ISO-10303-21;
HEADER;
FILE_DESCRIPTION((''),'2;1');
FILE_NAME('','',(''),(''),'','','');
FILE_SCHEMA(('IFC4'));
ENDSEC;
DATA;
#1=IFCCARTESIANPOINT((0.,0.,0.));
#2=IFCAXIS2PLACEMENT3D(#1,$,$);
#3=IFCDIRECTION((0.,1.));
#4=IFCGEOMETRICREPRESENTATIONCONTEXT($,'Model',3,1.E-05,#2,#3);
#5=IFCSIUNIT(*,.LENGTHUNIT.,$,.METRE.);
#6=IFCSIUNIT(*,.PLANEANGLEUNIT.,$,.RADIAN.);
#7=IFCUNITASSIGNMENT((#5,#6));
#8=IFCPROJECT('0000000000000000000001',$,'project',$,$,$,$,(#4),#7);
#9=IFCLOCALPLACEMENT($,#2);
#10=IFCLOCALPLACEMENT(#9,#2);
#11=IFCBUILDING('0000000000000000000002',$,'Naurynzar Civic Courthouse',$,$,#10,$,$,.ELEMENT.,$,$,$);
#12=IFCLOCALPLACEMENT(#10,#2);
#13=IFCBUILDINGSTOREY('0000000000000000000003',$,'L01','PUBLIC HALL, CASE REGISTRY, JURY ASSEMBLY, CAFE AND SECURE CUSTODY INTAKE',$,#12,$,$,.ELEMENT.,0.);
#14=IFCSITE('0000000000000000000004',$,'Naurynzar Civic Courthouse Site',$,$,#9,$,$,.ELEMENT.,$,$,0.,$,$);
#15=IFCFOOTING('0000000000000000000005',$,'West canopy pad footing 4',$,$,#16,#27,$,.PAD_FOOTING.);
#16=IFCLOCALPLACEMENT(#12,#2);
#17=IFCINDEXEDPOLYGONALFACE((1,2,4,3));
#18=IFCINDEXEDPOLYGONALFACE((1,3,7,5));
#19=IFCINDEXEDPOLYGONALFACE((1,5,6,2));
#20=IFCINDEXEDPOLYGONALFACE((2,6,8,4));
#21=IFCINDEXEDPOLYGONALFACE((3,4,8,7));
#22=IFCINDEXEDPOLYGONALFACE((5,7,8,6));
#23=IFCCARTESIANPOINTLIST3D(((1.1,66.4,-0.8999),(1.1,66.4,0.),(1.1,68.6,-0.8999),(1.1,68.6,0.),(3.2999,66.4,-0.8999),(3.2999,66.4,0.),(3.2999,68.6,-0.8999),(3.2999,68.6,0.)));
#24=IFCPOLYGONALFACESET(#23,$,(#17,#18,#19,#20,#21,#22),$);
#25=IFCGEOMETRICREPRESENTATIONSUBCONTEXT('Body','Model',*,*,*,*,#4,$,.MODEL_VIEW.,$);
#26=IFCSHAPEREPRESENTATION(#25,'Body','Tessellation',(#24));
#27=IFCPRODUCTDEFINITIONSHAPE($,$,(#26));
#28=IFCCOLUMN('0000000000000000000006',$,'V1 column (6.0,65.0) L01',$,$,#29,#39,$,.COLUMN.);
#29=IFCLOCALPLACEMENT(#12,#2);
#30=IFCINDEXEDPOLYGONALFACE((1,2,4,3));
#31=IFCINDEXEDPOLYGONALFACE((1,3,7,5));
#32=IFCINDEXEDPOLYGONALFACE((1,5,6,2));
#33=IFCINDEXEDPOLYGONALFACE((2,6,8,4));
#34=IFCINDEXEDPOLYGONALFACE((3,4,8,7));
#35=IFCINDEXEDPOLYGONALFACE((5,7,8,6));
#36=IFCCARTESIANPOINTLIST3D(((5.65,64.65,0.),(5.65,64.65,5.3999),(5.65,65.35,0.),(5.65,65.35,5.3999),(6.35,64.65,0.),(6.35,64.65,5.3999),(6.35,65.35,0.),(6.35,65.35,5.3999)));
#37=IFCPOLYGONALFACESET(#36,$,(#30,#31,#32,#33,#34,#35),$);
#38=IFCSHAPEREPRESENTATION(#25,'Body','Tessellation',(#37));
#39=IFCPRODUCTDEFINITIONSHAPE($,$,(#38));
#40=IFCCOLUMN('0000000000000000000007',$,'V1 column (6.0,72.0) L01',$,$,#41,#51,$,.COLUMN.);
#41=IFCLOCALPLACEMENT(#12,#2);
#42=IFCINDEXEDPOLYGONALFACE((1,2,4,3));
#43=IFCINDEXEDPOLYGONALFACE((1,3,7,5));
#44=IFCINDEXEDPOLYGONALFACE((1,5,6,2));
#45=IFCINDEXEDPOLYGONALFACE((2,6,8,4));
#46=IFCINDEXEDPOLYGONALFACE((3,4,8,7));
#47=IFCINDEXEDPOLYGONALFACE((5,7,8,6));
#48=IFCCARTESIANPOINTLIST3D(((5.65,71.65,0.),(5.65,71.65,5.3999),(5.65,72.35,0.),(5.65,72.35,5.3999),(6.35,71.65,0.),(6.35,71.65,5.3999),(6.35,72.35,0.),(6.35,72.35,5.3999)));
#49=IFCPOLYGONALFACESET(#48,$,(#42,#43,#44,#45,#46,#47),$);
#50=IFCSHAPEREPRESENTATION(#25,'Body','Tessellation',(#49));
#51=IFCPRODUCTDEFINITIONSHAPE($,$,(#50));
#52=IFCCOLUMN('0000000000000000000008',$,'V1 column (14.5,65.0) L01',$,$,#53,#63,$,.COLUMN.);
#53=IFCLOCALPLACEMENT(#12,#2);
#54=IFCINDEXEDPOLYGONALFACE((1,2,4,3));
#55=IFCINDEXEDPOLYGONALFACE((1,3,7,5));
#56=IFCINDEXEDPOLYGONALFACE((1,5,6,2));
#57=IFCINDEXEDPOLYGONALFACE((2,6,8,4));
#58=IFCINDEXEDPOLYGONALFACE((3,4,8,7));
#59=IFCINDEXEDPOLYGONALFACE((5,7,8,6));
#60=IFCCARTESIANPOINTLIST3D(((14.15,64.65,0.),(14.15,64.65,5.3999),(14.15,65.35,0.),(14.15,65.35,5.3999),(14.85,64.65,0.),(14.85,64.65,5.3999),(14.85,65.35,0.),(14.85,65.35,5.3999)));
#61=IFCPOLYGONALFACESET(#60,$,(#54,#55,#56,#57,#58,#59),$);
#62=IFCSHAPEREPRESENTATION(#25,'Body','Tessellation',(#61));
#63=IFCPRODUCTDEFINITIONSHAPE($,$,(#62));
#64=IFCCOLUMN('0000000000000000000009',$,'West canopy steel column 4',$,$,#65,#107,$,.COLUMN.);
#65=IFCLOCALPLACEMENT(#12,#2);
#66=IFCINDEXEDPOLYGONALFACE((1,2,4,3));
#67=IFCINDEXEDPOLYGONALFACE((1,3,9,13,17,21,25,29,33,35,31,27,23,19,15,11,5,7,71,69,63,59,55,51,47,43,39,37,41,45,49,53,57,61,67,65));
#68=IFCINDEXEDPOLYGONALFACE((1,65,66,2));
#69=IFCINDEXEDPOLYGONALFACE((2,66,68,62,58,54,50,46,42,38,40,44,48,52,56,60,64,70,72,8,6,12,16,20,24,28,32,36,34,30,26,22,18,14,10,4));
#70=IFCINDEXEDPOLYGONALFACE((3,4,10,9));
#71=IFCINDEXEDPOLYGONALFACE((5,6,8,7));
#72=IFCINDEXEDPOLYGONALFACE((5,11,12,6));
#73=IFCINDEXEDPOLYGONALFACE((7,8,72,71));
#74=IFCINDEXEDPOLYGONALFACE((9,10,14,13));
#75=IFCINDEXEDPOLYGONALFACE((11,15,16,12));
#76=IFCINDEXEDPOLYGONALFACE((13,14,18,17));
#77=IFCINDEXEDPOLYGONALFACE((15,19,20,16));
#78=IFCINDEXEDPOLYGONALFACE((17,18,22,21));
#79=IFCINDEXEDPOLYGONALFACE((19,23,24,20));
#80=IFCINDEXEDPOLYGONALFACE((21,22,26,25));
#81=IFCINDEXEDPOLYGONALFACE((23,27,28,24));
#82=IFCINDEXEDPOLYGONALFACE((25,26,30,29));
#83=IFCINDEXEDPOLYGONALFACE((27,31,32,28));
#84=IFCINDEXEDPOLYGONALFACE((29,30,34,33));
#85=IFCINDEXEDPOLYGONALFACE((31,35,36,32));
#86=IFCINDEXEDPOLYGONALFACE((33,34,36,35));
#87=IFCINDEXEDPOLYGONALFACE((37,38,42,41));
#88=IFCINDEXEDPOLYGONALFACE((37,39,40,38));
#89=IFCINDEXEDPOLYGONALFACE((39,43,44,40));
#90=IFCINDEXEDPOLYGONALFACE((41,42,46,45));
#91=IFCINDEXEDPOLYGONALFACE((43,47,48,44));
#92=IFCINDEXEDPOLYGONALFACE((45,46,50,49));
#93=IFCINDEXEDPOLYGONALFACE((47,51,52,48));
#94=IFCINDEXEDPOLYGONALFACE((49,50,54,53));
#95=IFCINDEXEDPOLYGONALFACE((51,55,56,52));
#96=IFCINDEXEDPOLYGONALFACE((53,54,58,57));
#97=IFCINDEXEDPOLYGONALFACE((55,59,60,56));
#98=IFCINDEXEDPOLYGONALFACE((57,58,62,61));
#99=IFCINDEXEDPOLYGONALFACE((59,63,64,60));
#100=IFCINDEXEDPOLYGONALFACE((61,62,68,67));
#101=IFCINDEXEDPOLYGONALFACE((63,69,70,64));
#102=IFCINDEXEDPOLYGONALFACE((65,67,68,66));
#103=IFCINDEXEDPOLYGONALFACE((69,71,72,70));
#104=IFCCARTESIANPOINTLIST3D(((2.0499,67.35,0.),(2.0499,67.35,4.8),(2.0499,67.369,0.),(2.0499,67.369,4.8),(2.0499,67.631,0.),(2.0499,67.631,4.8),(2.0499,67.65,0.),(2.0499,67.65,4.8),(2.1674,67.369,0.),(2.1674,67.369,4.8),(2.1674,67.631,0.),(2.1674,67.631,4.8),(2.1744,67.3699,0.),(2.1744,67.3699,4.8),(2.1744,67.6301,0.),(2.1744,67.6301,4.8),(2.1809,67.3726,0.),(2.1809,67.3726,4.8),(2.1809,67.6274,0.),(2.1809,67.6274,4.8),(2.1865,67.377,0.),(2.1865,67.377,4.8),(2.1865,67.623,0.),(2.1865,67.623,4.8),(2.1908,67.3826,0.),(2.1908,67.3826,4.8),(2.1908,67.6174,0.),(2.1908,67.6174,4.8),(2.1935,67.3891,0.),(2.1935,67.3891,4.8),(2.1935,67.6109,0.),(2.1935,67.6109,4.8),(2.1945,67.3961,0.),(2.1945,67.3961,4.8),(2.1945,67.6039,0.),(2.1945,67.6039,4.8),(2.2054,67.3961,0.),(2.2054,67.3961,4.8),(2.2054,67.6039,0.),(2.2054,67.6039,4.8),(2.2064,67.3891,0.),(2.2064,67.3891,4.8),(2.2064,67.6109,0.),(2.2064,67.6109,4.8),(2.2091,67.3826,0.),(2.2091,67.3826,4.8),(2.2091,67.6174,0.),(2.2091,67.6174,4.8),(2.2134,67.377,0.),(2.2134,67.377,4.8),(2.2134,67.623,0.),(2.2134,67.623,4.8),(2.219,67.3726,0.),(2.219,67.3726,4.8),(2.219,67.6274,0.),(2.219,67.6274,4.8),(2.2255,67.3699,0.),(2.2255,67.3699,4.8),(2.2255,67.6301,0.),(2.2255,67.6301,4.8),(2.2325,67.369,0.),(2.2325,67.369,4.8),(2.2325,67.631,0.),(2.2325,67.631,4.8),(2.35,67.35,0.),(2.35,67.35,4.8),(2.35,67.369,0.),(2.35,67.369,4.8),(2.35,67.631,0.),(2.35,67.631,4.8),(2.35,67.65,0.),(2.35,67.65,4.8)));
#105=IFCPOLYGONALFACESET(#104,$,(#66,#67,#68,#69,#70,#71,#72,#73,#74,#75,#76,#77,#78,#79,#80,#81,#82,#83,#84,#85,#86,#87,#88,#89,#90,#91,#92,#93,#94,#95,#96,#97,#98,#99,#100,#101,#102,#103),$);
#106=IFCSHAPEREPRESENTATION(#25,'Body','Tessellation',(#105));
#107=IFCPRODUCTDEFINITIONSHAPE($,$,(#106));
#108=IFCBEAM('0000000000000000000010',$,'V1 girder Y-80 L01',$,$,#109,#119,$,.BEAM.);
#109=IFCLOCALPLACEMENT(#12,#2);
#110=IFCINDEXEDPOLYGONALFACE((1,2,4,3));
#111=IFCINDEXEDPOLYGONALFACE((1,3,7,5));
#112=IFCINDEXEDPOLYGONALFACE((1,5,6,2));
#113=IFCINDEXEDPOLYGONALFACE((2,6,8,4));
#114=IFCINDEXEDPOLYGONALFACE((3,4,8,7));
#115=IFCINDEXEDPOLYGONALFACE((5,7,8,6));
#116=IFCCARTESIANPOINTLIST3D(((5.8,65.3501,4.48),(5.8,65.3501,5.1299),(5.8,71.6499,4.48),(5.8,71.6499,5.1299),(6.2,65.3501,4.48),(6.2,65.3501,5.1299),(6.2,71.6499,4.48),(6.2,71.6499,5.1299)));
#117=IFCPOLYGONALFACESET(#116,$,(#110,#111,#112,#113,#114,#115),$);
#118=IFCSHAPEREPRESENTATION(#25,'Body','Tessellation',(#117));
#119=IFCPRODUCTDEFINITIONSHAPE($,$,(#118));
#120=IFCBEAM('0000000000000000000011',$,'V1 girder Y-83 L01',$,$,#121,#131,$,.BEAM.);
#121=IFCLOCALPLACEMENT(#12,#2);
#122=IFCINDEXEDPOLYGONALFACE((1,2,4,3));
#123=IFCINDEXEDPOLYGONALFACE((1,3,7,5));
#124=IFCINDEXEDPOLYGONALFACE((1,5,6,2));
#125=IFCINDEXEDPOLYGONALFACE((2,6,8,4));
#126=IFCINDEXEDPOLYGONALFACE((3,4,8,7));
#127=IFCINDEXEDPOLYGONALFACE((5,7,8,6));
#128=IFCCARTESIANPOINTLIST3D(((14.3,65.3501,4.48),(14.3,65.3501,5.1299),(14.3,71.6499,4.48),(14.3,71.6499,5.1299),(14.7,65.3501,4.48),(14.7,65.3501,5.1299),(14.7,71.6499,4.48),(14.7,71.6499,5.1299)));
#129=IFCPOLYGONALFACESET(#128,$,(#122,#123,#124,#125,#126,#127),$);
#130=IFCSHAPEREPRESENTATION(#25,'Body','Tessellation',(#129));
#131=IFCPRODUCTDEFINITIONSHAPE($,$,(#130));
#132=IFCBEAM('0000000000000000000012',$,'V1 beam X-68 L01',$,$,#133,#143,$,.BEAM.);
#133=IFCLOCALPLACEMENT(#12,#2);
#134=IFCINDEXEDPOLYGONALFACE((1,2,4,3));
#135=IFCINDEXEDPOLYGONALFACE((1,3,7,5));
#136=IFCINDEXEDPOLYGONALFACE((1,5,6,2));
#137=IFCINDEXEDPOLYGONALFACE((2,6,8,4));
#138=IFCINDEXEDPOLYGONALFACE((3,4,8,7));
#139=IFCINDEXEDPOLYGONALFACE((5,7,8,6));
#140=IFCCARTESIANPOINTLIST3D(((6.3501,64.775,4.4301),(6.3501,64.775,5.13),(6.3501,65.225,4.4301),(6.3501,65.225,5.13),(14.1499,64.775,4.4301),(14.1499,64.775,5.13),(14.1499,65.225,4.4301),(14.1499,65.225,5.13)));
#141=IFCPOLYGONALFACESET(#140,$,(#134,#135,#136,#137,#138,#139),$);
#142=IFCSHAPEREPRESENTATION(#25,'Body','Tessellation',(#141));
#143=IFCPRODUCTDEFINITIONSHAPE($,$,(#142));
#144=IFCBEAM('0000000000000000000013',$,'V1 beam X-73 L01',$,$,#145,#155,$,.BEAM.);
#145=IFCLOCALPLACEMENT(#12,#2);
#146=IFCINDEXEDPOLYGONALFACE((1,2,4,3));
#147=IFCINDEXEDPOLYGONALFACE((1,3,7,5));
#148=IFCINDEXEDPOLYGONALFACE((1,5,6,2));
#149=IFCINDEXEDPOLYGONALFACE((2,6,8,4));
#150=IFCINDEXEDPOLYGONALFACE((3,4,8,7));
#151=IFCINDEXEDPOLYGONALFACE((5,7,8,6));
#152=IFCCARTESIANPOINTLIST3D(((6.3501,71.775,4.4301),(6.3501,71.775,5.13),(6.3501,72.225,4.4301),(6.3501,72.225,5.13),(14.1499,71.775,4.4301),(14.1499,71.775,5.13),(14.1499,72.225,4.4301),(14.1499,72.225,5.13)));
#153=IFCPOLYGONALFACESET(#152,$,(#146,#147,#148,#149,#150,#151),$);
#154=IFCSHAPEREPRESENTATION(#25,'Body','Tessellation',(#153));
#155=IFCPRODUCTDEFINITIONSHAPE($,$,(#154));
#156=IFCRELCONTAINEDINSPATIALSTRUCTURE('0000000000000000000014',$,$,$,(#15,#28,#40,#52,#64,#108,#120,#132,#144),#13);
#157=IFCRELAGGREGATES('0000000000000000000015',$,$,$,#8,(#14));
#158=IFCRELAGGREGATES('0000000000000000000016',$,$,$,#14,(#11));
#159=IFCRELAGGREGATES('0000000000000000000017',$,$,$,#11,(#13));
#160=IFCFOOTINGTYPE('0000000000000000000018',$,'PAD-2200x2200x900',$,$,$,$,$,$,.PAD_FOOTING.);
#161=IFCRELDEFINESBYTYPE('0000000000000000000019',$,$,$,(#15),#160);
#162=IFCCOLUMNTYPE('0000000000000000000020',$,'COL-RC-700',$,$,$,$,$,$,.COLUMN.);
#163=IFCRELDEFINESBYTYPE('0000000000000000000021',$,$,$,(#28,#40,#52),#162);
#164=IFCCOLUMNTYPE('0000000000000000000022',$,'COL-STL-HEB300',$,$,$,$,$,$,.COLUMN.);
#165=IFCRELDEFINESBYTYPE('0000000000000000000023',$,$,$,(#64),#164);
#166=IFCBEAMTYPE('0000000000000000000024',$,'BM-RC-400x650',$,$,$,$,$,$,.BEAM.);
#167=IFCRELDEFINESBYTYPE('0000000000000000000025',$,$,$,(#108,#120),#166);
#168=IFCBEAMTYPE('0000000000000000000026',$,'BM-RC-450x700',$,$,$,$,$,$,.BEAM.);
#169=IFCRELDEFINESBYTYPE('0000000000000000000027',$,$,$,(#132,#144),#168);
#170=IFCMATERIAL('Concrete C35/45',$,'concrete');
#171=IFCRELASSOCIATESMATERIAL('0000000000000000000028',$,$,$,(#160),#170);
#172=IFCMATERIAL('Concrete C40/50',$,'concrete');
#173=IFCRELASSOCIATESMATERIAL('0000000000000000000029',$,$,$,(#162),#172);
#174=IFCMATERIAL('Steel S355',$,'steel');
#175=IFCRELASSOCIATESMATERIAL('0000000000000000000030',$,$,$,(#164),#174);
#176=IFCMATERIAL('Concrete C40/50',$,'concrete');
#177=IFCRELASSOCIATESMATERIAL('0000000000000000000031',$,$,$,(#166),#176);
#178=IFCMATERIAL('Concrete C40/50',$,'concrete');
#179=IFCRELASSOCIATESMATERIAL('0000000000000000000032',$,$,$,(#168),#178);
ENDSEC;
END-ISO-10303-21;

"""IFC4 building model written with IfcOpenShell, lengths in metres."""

from ifc_helpers import new_model, si_unit, direction, frame, origin, origin_2d, place, context, subcontext, project, spatial, rectangle, i_section, extrude, material, material_profile, profile_set, type_object, element, save


model = new_model("IFC4")

# Units and contexts
model_context = context("Model", 3, precision=1e-05, world=origin(), true_north=direction((0.0, 1.0)))
body_context = subcontext(model_context, "Body", "Model", "MODEL_VIEW")
ifc_project = project(units=[si_unit("LENGTHUNIT", "METRE"), si_unit("PLANEANGLEUNIT", "RADIAN")], contexts=[model_context])

# Site, building, storey
site_placement = place(None, origin())
site = spatial("IfcSite", under=ifc_project, at=site_placement, Name="Naurynzar Civic Courthouse Site", CompositionType="ELEMENT", RefElevation=0.0)
building_placement = place(site_placement, origin())
building = spatial("IfcBuilding", under=site, at=building_placement, Name="Naurynzar Civic Courthouse", CompositionType="ELEMENT")
storey_placement = place(building_placement, origin())
storey = spatial("IfcBuildingStorey", under=building, at=storey_placement, Name="L01", Description="PUBLIC HALL, CASE REGISTRY, JURY ASSEMBLY, CAFE AND SECURE CUSTODY INTAKE", CompositionType="ELEMENT", Elevation=0.0)

# Footing
ifc_material_1 = material(Name="Concrete C35/45", Category="concrete")
footing_type = type_object("IfcFootingType", Name="PAD-2200x2200x900", PredefinedType="PAD_FOOTING", material=ifc_material_1)
footing_placement = place(storey_placement, frame((2.2, 67.5, -0.8999), z_axis=(0.0, 0.0, 1.0), x_axis=(1.0, 0.0, 0.0)))
element("IfcFooting", 1, at=footing_placement, inside=storey, type_object=footing_type, Name="West canopy pad footing 4", PredefinedType="PAD_FOOTING", context=body_context, shape_type="SweptSolid", body=[
    extrude(rectangle(XDim=2.2, YDim=2.2, at=origin_2d()), origin(), (0.0, 0.0, 1.0), 0.8999),
])

# Columns
ifc_material_2 = material(Name="Concrete C40/50", Category="concrete")
ifc_material_profile_1 = material_profile(ifc_material_2, rectangle(XDim=0.7, YDim=0.7, at=origin_2d()), Name="RC 700x700")
ifc_profile_set_1 = profile_set([ifc_material_profile_1], Name="Concrete C40/50")
column_type_1 = type_object("IfcColumnType", Name="COL-RC-700", PredefinedType="COLUMN", material=ifc_profile_set_1)
for number, where, z_axis, x_axis, name in (
    (2, (6.0, 65.0, 0.0), (0.0, 0.0, 1.0), (1.0, 0.0, 0.0), "V1 column (6.0,65.0) L01"),
    (3, (6.0, 72.0, 0.0), (0.0, 0.0, 1.0), (1.0, 0.0, 0.0), "V1 column (6.0,72.0) L01"),
    (4, (14.5, 65.0, 0.0), (0.0, 0.0, 1.0), (1.0, 0.0, 0.0), "V1 column (14.5,65.0) L01"),
):
    element("IfcColumn", number, at=place(storey_placement, frame(where, z_axis=z_axis, x_axis=x_axis)), inside=storey, type_object=column_type_1, Name=name, PredefinedType="COLUMN", context=body_context, shape_type="SweptSolid", body=[
        extrude(rectangle(XDim=0.7, YDim=0.7, at=origin_2d()), origin(), (0.0, 0.0, 1.0), 5.3999),
    ])
ifc_material_3 = material(Name="Steel S355", Category="steel")
ifc_material_profile_2 = material_profile(ifc_material_3, i_section(OverallWidth=0.3, OverallDepth=0.3, WebThickness=0.011, FlangeThickness=0.019, FilletRadius=0.0271, at=origin_2d()), Name="HEB 300")
ifc_profile_set_2 = profile_set([ifc_material_profile_2], Name="Steel S355")
column_type_2 = type_object("IfcColumnType", Name="COL-STL-HEB300", PredefinedType="COLUMN", material=ifc_profile_set_2)
column_placement = place(storey_placement, frame((2.2, 67.5, 0.0), z_axis=(0.0, 0.0, 1.0), x_axis=(1.0, 0.0, 0.0)))
element("IfcColumn", 5, at=column_placement, inside=storey, type_object=column_type_2, Name="West canopy steel column 4", PredefinedType="COLUMN", context=body_context, shape_type="SweptSolid", body=[
    extrude(i_section(OverallWidth=0.3, OverallDepth=0.3, WebThickness=0.011, FlangeThickness=0.019, FilletRadius=0.0271, at=origin_2d()), origin(), (0.0, 0.0, 1.0), 4.8),
])

# Beams
ifc_material_4 = material(Name="Concrete C40/50", Category="concrete")
ifc_material_profile_3 = material_profile(ifc_material_4, rectangle(XDim=0.3999, YDim=0.6499, at=origin_2d()), Name="RCB 400x650")
ifc_profile_set_3 = profile_set([ifc_material_profile_3], Name="Concrete C40/50")
beam_type_1 = type_object("IfcBeamType", Name="BM-RC-400x650", PredefinedType="BEAM", material=ifc_profile_set_3)
for number, where, z_axis, x_axis, name in (
    (6, (6.0, 65.3501, 4.8049), (0.0, 1.0, 0.0), (-1.0, 0.0, 0.0), "V1 girder Y-80 L01"),
    (7, (14.5, 65.3501, 4.8049), (0.0, 1.0, 0.0), (-1.0, 0.0, 0.0), "V1 girder Y-83 L01"),
):
    element("IfcBeam", number, at=place(storey_placement, frame(where, z_axis=z_axis, x_axis=x_axis)), inside=storey, type_object=beam_type_1, Name=name, PredefinedType="BEAM", context=body_context, shape_type="SweptSolid", body=[
        extrude(rectangle(XDim=0.3999, YDim=0.6499, at=origin_2d()), origin(), (0.0, 0.0, 1.0), 6.2998),
    ])
ifc_material_5 = material(Name="Concrete C40/50", Category="concrete")
ifc_material_profile_4 = material_profile(ifc_material_5, rectangle(XDim=0.45, YDim=0.7, at=origin_2d()), Name="RCB 450x700")
ifc_profile_set_4 = profile_set([ifc_material_profile_4], Name="Concrete C40/50")
beam_type_2 = type_object("IfcBeamType", Name="BM-RC-450x700", PredefinedType="BEAM", material=ifc_profile_set_4)
for number, where, z_axis, x_axis, name in (
    (8, (6.3501, 65.0, 4.78), (1.0, 0.0, 0.0), (0.0, 1.0, 0.0), "V1 beam X-68 L01"),
    (9, (6.3501, 72.0, 4.78), (1.0, 0.0, 0.0), (0.0, 1.0, 0.0), "V1 beam X-73 L01"),
):
    element("IfcBeam", number, at=place(storey_placement, frame(where, z_axis=z_axis, x_axis=x_axis)), inside=storey, type_object=beam_type_2, Name=name, PredefinedType="BEAM", context=body_context, shape_type="SweptSolid", body=[
        extrude(rectangle(XDim=0.45, YDim=0.7, at=origin_2d()), origin(), (0.0, 0.0, 1.0), 7.7998),
    ])

save(model, "model.ifc")
